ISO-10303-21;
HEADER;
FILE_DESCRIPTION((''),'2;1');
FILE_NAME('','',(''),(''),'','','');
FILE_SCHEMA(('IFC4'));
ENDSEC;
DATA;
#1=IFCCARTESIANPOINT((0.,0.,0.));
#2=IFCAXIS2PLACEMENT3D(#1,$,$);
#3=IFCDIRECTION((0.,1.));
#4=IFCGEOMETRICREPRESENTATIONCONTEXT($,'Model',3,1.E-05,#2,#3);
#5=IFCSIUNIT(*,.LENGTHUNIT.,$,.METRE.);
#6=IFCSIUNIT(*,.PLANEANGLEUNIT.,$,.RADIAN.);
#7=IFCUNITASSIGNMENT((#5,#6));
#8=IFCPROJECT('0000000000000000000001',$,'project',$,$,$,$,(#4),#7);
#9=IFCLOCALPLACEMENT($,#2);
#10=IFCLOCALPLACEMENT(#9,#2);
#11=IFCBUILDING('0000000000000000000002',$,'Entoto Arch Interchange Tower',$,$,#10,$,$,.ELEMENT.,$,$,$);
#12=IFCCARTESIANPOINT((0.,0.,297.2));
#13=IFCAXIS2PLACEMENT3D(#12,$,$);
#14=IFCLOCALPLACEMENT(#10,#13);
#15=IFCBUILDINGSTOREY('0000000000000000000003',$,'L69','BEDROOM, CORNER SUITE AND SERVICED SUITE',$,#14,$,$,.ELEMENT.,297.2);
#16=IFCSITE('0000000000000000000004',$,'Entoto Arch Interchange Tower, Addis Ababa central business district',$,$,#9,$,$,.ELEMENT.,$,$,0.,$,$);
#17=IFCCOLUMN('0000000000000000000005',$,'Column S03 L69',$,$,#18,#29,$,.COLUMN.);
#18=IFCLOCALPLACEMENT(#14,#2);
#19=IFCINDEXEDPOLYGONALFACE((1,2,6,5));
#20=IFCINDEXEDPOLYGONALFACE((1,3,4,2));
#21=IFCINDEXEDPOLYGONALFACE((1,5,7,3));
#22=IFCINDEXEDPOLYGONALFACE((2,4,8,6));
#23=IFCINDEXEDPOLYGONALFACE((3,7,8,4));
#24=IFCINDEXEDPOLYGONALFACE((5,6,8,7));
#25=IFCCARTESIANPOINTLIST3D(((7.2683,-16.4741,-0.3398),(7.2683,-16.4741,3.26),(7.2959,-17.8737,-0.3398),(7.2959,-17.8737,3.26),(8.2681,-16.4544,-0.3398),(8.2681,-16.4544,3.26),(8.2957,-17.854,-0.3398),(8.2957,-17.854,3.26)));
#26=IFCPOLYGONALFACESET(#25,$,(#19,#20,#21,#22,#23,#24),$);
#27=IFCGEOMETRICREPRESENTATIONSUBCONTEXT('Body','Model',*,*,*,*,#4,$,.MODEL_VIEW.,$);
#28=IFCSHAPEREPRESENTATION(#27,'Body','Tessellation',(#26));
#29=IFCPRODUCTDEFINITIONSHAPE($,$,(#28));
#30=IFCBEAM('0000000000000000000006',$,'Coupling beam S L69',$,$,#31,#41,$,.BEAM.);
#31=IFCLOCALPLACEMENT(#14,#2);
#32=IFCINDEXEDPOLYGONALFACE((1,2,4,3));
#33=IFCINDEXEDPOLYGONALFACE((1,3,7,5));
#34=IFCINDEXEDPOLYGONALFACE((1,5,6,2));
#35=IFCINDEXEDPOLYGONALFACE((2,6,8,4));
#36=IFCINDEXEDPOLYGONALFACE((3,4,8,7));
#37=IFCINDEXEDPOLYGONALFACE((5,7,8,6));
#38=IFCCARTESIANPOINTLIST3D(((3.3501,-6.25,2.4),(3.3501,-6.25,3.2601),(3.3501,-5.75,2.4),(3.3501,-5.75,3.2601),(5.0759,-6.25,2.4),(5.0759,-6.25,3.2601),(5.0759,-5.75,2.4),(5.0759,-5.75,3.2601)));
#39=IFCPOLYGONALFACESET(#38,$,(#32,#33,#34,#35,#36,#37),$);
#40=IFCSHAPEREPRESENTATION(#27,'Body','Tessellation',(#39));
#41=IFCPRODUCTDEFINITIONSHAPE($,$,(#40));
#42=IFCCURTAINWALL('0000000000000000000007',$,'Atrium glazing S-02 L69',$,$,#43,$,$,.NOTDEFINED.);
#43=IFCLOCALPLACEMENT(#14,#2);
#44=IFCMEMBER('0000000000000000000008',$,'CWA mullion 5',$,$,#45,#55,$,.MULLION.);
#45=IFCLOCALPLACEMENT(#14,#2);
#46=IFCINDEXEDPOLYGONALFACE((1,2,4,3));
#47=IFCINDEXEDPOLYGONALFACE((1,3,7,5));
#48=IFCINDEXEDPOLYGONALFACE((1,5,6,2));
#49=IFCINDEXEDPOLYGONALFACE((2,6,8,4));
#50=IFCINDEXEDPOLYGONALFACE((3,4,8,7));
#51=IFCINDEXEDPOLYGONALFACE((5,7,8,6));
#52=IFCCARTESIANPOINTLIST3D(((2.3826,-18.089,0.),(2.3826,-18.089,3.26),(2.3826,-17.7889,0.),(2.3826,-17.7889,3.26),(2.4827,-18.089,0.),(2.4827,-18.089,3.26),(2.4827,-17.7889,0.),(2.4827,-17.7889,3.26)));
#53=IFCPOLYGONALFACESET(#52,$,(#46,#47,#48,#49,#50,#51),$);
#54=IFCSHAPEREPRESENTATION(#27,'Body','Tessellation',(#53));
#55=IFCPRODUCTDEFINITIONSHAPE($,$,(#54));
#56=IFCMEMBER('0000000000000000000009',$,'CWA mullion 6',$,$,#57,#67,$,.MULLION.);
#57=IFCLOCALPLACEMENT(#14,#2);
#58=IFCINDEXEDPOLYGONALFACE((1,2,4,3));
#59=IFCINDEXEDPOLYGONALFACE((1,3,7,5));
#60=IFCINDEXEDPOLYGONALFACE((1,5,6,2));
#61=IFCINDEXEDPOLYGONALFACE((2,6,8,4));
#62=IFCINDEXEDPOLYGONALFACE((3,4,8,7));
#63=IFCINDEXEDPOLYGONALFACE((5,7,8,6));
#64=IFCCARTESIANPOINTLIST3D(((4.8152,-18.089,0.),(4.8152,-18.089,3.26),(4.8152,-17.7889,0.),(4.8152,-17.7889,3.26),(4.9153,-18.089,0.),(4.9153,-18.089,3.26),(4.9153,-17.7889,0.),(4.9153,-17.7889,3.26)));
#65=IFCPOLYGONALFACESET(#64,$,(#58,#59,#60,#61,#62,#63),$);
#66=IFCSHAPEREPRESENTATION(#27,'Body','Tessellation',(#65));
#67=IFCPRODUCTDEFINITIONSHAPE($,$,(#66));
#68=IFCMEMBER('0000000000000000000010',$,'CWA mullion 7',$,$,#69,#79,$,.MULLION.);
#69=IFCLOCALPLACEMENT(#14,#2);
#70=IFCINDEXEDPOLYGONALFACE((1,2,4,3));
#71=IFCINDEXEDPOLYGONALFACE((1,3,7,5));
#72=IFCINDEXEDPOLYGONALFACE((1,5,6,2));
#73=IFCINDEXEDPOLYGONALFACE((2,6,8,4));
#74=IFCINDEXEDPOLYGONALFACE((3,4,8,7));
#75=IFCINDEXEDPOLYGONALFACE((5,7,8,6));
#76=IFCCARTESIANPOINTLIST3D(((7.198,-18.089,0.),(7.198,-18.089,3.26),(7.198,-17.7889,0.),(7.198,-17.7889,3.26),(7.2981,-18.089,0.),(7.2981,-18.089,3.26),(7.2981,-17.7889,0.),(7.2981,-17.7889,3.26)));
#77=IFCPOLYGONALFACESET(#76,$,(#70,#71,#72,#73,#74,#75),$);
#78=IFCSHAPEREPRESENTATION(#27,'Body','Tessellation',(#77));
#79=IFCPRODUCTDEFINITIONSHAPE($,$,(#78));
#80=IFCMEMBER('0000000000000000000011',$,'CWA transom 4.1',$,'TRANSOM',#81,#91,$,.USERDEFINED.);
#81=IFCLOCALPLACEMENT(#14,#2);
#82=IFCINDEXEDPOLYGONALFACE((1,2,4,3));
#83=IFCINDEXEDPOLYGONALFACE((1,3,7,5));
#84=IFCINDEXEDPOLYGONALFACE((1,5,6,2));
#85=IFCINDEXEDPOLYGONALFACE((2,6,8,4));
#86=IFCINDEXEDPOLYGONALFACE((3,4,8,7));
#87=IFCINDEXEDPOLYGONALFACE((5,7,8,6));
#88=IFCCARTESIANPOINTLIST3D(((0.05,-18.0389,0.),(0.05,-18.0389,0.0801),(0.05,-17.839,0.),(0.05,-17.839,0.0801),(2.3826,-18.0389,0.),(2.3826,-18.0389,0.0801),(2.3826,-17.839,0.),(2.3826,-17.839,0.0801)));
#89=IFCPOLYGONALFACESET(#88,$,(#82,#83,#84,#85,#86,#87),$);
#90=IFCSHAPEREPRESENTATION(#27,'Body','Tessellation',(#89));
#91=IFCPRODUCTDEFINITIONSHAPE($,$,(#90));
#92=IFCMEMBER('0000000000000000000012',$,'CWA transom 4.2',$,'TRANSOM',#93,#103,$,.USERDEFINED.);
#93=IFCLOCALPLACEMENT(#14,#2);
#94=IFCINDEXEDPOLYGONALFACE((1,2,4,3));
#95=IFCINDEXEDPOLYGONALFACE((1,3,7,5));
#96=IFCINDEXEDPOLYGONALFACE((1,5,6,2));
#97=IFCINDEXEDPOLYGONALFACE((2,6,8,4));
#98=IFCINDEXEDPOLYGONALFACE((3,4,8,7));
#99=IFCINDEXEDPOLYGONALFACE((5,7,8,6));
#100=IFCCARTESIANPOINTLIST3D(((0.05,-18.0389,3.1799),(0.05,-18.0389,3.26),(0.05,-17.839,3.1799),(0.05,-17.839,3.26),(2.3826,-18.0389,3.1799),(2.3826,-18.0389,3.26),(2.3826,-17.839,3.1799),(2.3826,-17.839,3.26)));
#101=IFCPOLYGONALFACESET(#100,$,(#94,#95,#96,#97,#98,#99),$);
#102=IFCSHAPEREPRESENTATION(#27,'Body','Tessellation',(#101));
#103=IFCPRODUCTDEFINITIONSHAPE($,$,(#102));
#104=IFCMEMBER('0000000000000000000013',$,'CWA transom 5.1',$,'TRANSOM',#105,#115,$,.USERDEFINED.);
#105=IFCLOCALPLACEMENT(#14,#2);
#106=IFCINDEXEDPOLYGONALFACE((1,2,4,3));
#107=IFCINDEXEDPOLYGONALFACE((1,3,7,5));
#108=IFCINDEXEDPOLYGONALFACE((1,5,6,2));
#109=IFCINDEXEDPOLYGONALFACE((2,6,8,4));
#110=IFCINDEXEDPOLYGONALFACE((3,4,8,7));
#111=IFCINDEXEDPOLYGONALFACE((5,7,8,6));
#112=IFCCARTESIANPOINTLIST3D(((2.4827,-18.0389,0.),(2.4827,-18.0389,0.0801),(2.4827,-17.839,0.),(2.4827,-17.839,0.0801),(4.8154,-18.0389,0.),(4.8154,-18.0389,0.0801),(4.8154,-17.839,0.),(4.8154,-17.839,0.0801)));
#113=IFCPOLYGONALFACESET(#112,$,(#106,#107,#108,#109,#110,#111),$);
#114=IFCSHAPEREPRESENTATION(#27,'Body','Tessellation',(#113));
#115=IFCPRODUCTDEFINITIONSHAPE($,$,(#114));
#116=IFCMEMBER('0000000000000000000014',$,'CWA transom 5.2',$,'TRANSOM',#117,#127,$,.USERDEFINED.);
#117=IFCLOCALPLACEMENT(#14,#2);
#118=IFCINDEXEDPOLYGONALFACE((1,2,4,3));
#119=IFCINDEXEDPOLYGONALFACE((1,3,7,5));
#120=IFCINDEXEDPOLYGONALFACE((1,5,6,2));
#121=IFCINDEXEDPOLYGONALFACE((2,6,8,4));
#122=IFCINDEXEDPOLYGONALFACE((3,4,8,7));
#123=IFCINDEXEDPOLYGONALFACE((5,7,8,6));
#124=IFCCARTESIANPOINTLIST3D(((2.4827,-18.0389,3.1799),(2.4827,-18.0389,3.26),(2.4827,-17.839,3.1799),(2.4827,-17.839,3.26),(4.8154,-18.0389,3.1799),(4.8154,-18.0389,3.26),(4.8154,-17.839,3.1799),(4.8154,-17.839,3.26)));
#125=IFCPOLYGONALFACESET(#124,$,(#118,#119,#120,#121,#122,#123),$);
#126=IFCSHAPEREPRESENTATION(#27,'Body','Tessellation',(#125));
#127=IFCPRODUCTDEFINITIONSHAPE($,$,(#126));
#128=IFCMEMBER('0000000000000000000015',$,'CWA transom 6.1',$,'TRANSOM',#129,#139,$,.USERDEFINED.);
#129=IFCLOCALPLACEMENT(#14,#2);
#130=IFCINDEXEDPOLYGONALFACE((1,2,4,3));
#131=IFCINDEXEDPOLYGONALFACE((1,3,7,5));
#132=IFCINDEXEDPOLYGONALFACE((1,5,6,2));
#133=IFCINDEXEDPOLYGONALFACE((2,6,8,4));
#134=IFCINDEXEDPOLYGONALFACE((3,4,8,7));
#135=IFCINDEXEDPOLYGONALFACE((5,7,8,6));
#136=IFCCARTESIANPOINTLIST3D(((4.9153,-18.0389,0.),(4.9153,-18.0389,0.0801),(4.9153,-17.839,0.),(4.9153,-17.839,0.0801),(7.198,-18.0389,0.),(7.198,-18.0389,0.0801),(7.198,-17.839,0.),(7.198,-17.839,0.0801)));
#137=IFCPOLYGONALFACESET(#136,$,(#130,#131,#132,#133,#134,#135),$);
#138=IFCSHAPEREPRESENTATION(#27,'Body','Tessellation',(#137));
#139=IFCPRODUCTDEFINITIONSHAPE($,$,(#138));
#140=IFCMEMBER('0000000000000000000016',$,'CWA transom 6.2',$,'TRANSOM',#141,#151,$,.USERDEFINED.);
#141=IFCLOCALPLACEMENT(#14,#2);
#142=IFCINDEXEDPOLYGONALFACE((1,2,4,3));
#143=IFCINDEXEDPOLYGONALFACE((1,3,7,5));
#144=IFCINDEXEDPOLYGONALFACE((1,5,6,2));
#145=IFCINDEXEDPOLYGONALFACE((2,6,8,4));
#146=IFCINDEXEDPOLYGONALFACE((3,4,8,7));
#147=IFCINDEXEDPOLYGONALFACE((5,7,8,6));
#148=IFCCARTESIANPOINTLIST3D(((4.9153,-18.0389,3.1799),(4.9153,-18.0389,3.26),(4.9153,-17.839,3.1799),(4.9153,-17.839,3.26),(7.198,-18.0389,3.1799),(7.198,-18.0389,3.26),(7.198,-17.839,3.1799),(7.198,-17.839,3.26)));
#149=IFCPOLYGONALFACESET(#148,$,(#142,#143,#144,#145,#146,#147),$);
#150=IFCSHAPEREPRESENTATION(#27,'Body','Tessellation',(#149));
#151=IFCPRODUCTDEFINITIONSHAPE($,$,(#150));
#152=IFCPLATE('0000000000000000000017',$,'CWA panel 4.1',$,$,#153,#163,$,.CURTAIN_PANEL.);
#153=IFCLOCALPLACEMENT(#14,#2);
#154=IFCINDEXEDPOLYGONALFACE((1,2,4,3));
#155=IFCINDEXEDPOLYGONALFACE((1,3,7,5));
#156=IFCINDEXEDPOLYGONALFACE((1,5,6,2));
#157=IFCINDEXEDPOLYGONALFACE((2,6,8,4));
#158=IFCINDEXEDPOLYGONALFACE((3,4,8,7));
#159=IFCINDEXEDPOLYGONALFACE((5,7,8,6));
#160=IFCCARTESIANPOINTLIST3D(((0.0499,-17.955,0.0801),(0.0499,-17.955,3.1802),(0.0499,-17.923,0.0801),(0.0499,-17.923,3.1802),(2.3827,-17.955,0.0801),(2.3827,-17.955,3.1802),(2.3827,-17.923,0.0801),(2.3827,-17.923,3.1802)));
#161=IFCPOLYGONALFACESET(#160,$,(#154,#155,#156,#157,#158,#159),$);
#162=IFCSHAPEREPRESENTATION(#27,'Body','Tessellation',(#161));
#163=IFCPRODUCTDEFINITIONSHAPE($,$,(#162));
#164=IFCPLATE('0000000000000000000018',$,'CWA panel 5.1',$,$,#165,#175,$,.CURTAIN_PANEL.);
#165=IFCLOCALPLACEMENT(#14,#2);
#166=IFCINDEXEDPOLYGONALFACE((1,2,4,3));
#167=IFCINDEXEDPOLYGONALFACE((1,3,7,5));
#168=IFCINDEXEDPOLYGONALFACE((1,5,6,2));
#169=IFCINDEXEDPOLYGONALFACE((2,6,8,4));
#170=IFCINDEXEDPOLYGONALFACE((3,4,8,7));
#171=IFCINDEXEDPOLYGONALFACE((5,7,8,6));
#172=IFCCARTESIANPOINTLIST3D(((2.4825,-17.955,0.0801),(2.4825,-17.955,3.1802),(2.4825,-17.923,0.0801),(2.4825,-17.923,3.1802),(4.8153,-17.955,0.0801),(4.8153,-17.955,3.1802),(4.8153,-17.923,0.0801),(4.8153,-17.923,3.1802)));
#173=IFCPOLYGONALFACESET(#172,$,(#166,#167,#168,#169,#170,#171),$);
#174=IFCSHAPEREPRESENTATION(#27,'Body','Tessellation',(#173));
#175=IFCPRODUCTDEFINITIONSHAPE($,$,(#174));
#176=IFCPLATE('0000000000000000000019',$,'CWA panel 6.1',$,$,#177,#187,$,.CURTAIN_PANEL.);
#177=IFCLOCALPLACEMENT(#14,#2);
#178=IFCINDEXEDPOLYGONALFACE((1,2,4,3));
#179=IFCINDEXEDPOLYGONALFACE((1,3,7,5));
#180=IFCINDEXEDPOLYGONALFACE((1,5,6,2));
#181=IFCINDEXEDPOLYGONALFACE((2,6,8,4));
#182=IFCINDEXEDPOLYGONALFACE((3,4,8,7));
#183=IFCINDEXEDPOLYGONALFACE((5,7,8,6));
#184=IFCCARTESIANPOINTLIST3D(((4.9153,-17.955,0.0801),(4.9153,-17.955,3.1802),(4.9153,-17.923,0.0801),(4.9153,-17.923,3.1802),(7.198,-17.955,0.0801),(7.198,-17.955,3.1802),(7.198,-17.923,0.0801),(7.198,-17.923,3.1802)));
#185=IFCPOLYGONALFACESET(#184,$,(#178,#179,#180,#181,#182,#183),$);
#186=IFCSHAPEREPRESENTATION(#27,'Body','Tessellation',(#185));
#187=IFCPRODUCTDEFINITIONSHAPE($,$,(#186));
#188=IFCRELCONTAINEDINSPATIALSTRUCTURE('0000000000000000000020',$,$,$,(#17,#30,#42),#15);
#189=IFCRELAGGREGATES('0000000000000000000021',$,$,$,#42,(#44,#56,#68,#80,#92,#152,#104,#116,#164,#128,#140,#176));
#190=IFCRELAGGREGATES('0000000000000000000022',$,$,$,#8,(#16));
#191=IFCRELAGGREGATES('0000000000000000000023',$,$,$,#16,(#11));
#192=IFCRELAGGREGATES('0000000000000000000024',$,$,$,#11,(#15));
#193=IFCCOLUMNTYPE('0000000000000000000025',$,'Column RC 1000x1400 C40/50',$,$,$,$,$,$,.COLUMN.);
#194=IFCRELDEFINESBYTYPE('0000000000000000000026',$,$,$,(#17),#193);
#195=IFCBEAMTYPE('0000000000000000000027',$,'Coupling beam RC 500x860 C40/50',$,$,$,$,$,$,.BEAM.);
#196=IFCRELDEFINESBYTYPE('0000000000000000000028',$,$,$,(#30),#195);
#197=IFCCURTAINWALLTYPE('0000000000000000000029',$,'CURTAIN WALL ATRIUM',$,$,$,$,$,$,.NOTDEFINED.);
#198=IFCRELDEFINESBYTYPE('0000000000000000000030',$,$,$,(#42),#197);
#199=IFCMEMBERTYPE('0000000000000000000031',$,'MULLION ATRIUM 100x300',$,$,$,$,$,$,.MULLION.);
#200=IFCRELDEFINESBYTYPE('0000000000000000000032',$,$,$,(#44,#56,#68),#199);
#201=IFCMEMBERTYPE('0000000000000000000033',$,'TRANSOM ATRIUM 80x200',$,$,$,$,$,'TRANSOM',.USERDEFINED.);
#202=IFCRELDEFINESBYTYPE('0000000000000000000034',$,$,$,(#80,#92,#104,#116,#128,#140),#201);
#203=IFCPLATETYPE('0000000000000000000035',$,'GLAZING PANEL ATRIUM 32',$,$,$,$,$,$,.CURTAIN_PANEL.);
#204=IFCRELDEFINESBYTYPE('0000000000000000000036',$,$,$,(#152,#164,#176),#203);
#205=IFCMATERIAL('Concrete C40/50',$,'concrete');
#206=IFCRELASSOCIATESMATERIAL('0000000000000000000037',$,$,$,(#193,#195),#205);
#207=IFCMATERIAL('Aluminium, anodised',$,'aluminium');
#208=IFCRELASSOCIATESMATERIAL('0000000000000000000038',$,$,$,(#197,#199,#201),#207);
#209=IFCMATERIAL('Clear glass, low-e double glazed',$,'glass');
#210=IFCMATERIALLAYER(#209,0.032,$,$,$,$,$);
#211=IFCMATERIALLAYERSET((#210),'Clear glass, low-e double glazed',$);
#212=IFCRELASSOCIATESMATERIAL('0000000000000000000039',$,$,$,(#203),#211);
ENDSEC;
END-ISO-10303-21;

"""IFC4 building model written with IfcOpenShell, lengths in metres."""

from ifc_helpers import new_model, si_unit, direction, frame, origin, origin_2d, place, context, subcontext, project, spatial, rectangle, extrude, material, layer, layer_set, material_profile, profile_set, type_object, element, aggregate, save


model = new_model("IFC4")

# Units and contexts
model_context = context("Model", 3, precision=1e-05, world=origin(), true_north=direction((0.0, 1.0)))
body_context = subcontext(model_context, "Body", "Model", "MODEL_VIEW")
ifc_project = project(units=[si_unit("LENGTHUNIT", "METRE"), si_unit("PLANEANGLEUNIT", "RADIAN")], contexts=[model_context])

# Site, building, storey
site_placement = place(None, origin())
site = spatial("IfcSite", under=ifc_project, at=site_placement, Name="Entoto Arch Interchange Tower, Addis Ababa central business district", CompositionType="ELEMENT", RefElevation=0.0)
building_placement = place(site_placement, origin())
building = spatial("IfcBuilding", under=site, at=building_placement, Name="Entoto Arch Interchange Tower", CompositionType="ELEMENT")
storey_placement = place(building_placement, frame((0.0, 0.0, 297.2)))
storey = spatial("IfcBuildingStorey", under=building, at=storey_placement, Name="L69", Description="BEDROOM, CORNER SUITE AND SERVICED SUITE", CompositionType="ELEMENT", Elevation=297.2)

# Column
ifc_material_1 = material(Name="Concrete C40/50", Category="concrete")
ifc_material_profile_1 = material_profile(ifc_material_1, rectangle(XDim=1.0, YDim=1.3999, at=origin_2d()))
ifc_profile_set_1 = profile_set([ifc_material_profile_1], Name="Concrete C40/50")
column_type = type_object("IfcColumnType", Name="Column RC 1000x1400 C40/50", PredefinedType="COLUMN", material=ifc_profile_set_1)
column_placement = place(storey_placement, frame((7.782, -17.1641, -0.3398), z_axis=(0.0, 0.0, 1.0), x_axis=(0.999806, 0.019721, 0.0)))
element("IfcColumn", 1, at=column_placement, inside=storey, type_object=column_type, Name="Column S03 L69", PredefinedType="COLUMN", context=body_context, shape_type="SweptSolid", body=[
    extrude(rectangle(XDim=1.0, YDim=1.3999, at=origin_2d()), origin(), (0.0, 0.0, 1.0), 3.5999),
])

# Beam
ifc_material_profile_2 = material_profile(ifc_material_1, rectangle(XDim=0.5, YDim=0.8601, at=origin_2d()))
ifc_profile_set_2 = profile_set([ifc_material_profile_2], Name="Concrete C40/50")
beam_type = type_object("IfcBeamType", Name="Coupling beam RC 500x860 C40/50", PredefinedType="BEAM", material=ifc_profile_set_2)
beam_placement = place(storey_placement, frame((3.3501, -6.0, 2.8301), z_axis=(1.0, 0.0, 0.0), x_axis=(0.0, 1.0, 0.0)))
element("IfcBeam", 2, at=beam_placement, inside=storey, type_object=beam_type, Name="Coupling beam S L69", PredefinedType="BEAM", context=body_context, shape_type="SweptSolid", body=[
    extrude(rectangle(XDim=0.5, YDim=0.8601, at=origin_2d()), origin(), (0.0, 0.0, 1.0), 1.7258),
])

# Curtain wall, members, plates
ifc_material_2 = material(Name="Aluminium, anodised", Category="aluminium")
curtain_wall_type = type_object("IfcCurtainWallType", Name="CURTAIN WALL ATRIUM", PredefinedType="NOTDEFINED", material=ifc_material_2)
curtain_wall_placement = place(storey_placement, origin())
curtain_wall = element("IfcCurtainWall", 3, at=curtain_wall_placement, inside=storey, type_object=curtain_wall_type, Name="Atrium glazing S-02 L69", PredefinedType="NOTDEFINED")
ifc_material_profile_3 = material_profile(ifc_material_2, rectangle(XDim=0.3, YDim=0.1001, at=origin_2d()))
ifc_profile_set_3 = profile_set([ifc_material_profile_3], Name="Aluminium, anodised")
member_type_1 = type_object("IfcMemberType", Name="MULLION ATRIUM 100x300", PredefinedType="MULLION", material=ifc_profile_set_3)
member_1_placement = place(storey_placement, frame((2.4326, -17.939, 0.0), z_axis=(0.0, 0.0, 1.0), x_axis=(0.0, 1.0, 0.0)))
member_1 = element("IfcMember", 4, at=member_1_placement, type_object=member_type_1, Name="CWA mullion 5", PredefinedType="MULLION", context=body_context, shape_type="SweptSolid", body=[
    extrude(rectangle(XDim=0.3, YDim=0.1001, at=origin_2d()), origin(), (0.0, 0.0, 1.0), 3.26),
])
member_2_placement = place(storey_placement, frame((4.8652, -17.939, 0.0), z_axis=(0.0, 0.0, 1.0), x_axis=(0.0, 1.0, 0.0)))
member_2 = element("IfcMember", 5, at=member_2_placement, type_object=member_type_1, Name="CWA mullion 6", PredefinedType="MULLION", context=body_context, shape_type="SweptSolid", body=[
    extrude(rectangle(XDim=0.3, YDim=0.1001, at=origin_2d()), origin(), (0.0, 0.0, 1.0), 3.26),
])
member_3_placement = place(storey_placement, frame((7.248, -17.939, 0.0), z_axis=(0.0, 0.0, 1.0), x_axis=(0.0, 1.0, 0.0)))
member_3 = element("IfcMember", 6, at=member_3_placement, type_object=member_type_1, Name="CWA mullion 7", PredefinedType="MULLION", context=body_context, shape_type="SweptSolid", body=[
    extrude(rectangle(XDim=0.3, YDim=0.1001, at=origin_2d()), origin(), (0.0, 0.0, 1.0), 3.26),
])
ifc_material_profile_4 = material_profile(ifc_material_2, rectangle(XDim=0.2, YDim=0.0801, at=origin_2d()))
ifc_profile_set_4 = profile_set([ifc_material_profile_4], Name="Aluminium, anodised")
member_type_2 = type_object("IfcMemberType", Name="TRANSOM ATRIUM 80x200", ElementType="TRANSOM", PredefinedType="USERDEFINED", material=ifc_profile_set_4)
member_4_placement = place(storey_placement, frame((0.05, -17.939, 0.04), z_axis=(1.0, 0.0, 0.0), x_axis=(0.0, 1.0, 0.0)))
member_4 = element("IfcMember", 7, at=member_4_placement, type_object=member_type_2, Name="CWA transom 4.1", ObjectType="TRANSOM", PredefinedType="USERDEFINED", context=body_context, shape_type="SweptSolid", body=[
    extrude(rectangle(XDim=0.2, YDim=0.0801, at=origin_2d()), origin(), (0.0, 0.0, 1.0), 2.3325),
])
member_5_placement = place(storey_placement, frame((0.05, -17.939, 3.22), z_axis=(1.0, 0.0, 0.0), x_axis=(0.0, 1.0, 0.0)))
member_5 = element("IfcMember", 8, at=member_5_placement, type_object=member_type_2, Name="CWA transom 4.2", ObjectType="TRANSOM", PredefinedType="USERDEFINED", context=body_context, shape_type="SweptSolid", body=[
    extrude(rectangle(XDim=0.2, YDim=0.0801, at=origin_2d()), origin(), (0.0, 0.0, 1.0), 2.3325),
])
member_6_placement = place(storey_placement, frame((2.4827, -17.939, 0.04), z_axis=(1.0, 0.0, 0.0), x_axis=(0.0, 1.0, 0.0)))
member_6 = element("IfcMember", 9, at=member_6_placement, type_object=member_type_2, Name="CWA transom 5.1", ObjectType="TRANSOM", PredefinedType="USERDEFINED", context=body_context, shape_type="SweptSolid", body=[
    extrude(rectangle(XDim=0.2, YDim=0.0801, at=origin_2d()), origin(), (0.0, 0.0, 1.0), 2.3328),
])
member_7_placement = place(storey_placement, frame((2.4827, -17.939, 3.22), z_axis=(1.0, 0.0, 0.0), x_axis=(0.0, 1.0, 0.0)))
member_7 = element("IfcMember", 10, at=member_7_placement, type_object=member_type_2, Name="CWA transom 5.2", ObjectType="TRANSOM", PredefinedType="USERDEFINED", context=body_context, shape_type="SweptSolid", body=[
    extrude(rectangle(XDim=0.2, YDim=0.0801, at=origin_2d()), origin(), (0.0, 0.0, 1.0), 2.3328),
])
member_8_placement = place(storey_placement, frame((4.9153, -17.939, 0.04), z_axis=(1.0, 0.0, 0.0), x_axis=(0.0, 1.0, 0.0)))
member_8 = element("IfcMember", 11, at=member_8_placement, type_object=member_type_2, Name="CWA transom 6.1", ObjectType="TRANSOM", PredefinedType="USERDEFINED", context=body_context, shape_type="SweptSolid", body=[
    extrude(rectangle(XDim=0.2, YDim=0.0801, at=origin_2d()), origin(), (0.0, 0.0, 1.0), 2.2827),
])
member_9_placement = place(storey_placement, frame((4.9153, -17.939, 3.22), z_axis=(1.0, 0.0, 0.0), x_axis=(0.0, 1.0, 0.0)))
member_9 = element("IfcMember", 12, at=member_9_placement, type_object=member_type_2, Name="CWA transom 6.2", ObjectType="TRANSOM", PredefinedType="USERDEFINED", context=body_context, shape_type="SweptSolid", body=[
    extrude(rectangle(XDim=0.2, YDim=0.0801, at=origin_2d()), origin(), (0.0, 0.0, 1.0), 2.2827),
])
ifc_material_3 = material(Name="Clear glass, low-e double glazed", Category="glass")
ifc_layer_1 = layer(ifc_material_3, 0.032)
ifc_layer_set_1 = layer_set([ifc_layer_1], Name="Clear glass, low-e double glazed")
plate_type = type_object("IfcPlateType", Name="GLAZING PANEL ATRIUM 32", PredefinedType="CURTAIN_PANEL", material=ifc_layer_set_1)
plate_1_placement = place(storey_placement, frame((1.2163, -17.939, 0.0801), z_axis=(0.0, 0.0, 1.0), x_axis=(1.0, 0.0, 0.0)))
plate_1 = element("IfcPlate", 13, at=plate_1_placement, type_object=plate_type, Name="CWA panel 4.1", PredefinedType="CURTAIN_PANEL", context=body_context, shape_type="SweptSolid", body=[
    extrude(rectangle(XDim=2.3328, YDim=0.032, at=origin_2d()), origin(), (0.0, 0.0, 1.0), 3.1001),
])
plate_2_placement = place(storey_placement, frame((3.6489, -17.939, 0.0801), z_axis=(0.0, 0.0, 1.0), x_axis=(1.0, 0.0, 0.0)))
plate_2 = element("IfcPlate", 14, at=plate_2_placement, type_object=plate_type, Name="CWA panel 5.1", PredefinedType="CURTAIN_PANEL", context=body_context, shape_type="SweptSolid", body=[
    extrude(rectangle(XDim=2.3328, YDim=0.032, at=origin_2d()), origin(), (0.0, 0.0, 1.0), 3.1001),
])
plate_3_placement = place(storey_placement, frame((6.0566, -17.939, 0.0801), z_axis=(0.0, 0.0, 1.0), x_axis=(1.0, 0.0, 0.0)))
plate_3 = element("IfcPlate", 15, at=plate_3_placement, type_object=plate_type, Name="CWA panel 6.1", PredefinedType="CURTAIN_PANEL", context=body_context, shape_type="SweptSolid", body=[
    extrude(rectangle(XDim=2.2827, YDim=0.032, at=origin_2d()), origin(), (0.0, 0.0, 1.0), 3.1001),
])
aggregate(curtain_wall, [member_1, member_2, member_3, member_4, member_5, plate_1, member_6, member_7, plate_2, member_8, member_9, plate_3])

save(model, "model.ifc")
